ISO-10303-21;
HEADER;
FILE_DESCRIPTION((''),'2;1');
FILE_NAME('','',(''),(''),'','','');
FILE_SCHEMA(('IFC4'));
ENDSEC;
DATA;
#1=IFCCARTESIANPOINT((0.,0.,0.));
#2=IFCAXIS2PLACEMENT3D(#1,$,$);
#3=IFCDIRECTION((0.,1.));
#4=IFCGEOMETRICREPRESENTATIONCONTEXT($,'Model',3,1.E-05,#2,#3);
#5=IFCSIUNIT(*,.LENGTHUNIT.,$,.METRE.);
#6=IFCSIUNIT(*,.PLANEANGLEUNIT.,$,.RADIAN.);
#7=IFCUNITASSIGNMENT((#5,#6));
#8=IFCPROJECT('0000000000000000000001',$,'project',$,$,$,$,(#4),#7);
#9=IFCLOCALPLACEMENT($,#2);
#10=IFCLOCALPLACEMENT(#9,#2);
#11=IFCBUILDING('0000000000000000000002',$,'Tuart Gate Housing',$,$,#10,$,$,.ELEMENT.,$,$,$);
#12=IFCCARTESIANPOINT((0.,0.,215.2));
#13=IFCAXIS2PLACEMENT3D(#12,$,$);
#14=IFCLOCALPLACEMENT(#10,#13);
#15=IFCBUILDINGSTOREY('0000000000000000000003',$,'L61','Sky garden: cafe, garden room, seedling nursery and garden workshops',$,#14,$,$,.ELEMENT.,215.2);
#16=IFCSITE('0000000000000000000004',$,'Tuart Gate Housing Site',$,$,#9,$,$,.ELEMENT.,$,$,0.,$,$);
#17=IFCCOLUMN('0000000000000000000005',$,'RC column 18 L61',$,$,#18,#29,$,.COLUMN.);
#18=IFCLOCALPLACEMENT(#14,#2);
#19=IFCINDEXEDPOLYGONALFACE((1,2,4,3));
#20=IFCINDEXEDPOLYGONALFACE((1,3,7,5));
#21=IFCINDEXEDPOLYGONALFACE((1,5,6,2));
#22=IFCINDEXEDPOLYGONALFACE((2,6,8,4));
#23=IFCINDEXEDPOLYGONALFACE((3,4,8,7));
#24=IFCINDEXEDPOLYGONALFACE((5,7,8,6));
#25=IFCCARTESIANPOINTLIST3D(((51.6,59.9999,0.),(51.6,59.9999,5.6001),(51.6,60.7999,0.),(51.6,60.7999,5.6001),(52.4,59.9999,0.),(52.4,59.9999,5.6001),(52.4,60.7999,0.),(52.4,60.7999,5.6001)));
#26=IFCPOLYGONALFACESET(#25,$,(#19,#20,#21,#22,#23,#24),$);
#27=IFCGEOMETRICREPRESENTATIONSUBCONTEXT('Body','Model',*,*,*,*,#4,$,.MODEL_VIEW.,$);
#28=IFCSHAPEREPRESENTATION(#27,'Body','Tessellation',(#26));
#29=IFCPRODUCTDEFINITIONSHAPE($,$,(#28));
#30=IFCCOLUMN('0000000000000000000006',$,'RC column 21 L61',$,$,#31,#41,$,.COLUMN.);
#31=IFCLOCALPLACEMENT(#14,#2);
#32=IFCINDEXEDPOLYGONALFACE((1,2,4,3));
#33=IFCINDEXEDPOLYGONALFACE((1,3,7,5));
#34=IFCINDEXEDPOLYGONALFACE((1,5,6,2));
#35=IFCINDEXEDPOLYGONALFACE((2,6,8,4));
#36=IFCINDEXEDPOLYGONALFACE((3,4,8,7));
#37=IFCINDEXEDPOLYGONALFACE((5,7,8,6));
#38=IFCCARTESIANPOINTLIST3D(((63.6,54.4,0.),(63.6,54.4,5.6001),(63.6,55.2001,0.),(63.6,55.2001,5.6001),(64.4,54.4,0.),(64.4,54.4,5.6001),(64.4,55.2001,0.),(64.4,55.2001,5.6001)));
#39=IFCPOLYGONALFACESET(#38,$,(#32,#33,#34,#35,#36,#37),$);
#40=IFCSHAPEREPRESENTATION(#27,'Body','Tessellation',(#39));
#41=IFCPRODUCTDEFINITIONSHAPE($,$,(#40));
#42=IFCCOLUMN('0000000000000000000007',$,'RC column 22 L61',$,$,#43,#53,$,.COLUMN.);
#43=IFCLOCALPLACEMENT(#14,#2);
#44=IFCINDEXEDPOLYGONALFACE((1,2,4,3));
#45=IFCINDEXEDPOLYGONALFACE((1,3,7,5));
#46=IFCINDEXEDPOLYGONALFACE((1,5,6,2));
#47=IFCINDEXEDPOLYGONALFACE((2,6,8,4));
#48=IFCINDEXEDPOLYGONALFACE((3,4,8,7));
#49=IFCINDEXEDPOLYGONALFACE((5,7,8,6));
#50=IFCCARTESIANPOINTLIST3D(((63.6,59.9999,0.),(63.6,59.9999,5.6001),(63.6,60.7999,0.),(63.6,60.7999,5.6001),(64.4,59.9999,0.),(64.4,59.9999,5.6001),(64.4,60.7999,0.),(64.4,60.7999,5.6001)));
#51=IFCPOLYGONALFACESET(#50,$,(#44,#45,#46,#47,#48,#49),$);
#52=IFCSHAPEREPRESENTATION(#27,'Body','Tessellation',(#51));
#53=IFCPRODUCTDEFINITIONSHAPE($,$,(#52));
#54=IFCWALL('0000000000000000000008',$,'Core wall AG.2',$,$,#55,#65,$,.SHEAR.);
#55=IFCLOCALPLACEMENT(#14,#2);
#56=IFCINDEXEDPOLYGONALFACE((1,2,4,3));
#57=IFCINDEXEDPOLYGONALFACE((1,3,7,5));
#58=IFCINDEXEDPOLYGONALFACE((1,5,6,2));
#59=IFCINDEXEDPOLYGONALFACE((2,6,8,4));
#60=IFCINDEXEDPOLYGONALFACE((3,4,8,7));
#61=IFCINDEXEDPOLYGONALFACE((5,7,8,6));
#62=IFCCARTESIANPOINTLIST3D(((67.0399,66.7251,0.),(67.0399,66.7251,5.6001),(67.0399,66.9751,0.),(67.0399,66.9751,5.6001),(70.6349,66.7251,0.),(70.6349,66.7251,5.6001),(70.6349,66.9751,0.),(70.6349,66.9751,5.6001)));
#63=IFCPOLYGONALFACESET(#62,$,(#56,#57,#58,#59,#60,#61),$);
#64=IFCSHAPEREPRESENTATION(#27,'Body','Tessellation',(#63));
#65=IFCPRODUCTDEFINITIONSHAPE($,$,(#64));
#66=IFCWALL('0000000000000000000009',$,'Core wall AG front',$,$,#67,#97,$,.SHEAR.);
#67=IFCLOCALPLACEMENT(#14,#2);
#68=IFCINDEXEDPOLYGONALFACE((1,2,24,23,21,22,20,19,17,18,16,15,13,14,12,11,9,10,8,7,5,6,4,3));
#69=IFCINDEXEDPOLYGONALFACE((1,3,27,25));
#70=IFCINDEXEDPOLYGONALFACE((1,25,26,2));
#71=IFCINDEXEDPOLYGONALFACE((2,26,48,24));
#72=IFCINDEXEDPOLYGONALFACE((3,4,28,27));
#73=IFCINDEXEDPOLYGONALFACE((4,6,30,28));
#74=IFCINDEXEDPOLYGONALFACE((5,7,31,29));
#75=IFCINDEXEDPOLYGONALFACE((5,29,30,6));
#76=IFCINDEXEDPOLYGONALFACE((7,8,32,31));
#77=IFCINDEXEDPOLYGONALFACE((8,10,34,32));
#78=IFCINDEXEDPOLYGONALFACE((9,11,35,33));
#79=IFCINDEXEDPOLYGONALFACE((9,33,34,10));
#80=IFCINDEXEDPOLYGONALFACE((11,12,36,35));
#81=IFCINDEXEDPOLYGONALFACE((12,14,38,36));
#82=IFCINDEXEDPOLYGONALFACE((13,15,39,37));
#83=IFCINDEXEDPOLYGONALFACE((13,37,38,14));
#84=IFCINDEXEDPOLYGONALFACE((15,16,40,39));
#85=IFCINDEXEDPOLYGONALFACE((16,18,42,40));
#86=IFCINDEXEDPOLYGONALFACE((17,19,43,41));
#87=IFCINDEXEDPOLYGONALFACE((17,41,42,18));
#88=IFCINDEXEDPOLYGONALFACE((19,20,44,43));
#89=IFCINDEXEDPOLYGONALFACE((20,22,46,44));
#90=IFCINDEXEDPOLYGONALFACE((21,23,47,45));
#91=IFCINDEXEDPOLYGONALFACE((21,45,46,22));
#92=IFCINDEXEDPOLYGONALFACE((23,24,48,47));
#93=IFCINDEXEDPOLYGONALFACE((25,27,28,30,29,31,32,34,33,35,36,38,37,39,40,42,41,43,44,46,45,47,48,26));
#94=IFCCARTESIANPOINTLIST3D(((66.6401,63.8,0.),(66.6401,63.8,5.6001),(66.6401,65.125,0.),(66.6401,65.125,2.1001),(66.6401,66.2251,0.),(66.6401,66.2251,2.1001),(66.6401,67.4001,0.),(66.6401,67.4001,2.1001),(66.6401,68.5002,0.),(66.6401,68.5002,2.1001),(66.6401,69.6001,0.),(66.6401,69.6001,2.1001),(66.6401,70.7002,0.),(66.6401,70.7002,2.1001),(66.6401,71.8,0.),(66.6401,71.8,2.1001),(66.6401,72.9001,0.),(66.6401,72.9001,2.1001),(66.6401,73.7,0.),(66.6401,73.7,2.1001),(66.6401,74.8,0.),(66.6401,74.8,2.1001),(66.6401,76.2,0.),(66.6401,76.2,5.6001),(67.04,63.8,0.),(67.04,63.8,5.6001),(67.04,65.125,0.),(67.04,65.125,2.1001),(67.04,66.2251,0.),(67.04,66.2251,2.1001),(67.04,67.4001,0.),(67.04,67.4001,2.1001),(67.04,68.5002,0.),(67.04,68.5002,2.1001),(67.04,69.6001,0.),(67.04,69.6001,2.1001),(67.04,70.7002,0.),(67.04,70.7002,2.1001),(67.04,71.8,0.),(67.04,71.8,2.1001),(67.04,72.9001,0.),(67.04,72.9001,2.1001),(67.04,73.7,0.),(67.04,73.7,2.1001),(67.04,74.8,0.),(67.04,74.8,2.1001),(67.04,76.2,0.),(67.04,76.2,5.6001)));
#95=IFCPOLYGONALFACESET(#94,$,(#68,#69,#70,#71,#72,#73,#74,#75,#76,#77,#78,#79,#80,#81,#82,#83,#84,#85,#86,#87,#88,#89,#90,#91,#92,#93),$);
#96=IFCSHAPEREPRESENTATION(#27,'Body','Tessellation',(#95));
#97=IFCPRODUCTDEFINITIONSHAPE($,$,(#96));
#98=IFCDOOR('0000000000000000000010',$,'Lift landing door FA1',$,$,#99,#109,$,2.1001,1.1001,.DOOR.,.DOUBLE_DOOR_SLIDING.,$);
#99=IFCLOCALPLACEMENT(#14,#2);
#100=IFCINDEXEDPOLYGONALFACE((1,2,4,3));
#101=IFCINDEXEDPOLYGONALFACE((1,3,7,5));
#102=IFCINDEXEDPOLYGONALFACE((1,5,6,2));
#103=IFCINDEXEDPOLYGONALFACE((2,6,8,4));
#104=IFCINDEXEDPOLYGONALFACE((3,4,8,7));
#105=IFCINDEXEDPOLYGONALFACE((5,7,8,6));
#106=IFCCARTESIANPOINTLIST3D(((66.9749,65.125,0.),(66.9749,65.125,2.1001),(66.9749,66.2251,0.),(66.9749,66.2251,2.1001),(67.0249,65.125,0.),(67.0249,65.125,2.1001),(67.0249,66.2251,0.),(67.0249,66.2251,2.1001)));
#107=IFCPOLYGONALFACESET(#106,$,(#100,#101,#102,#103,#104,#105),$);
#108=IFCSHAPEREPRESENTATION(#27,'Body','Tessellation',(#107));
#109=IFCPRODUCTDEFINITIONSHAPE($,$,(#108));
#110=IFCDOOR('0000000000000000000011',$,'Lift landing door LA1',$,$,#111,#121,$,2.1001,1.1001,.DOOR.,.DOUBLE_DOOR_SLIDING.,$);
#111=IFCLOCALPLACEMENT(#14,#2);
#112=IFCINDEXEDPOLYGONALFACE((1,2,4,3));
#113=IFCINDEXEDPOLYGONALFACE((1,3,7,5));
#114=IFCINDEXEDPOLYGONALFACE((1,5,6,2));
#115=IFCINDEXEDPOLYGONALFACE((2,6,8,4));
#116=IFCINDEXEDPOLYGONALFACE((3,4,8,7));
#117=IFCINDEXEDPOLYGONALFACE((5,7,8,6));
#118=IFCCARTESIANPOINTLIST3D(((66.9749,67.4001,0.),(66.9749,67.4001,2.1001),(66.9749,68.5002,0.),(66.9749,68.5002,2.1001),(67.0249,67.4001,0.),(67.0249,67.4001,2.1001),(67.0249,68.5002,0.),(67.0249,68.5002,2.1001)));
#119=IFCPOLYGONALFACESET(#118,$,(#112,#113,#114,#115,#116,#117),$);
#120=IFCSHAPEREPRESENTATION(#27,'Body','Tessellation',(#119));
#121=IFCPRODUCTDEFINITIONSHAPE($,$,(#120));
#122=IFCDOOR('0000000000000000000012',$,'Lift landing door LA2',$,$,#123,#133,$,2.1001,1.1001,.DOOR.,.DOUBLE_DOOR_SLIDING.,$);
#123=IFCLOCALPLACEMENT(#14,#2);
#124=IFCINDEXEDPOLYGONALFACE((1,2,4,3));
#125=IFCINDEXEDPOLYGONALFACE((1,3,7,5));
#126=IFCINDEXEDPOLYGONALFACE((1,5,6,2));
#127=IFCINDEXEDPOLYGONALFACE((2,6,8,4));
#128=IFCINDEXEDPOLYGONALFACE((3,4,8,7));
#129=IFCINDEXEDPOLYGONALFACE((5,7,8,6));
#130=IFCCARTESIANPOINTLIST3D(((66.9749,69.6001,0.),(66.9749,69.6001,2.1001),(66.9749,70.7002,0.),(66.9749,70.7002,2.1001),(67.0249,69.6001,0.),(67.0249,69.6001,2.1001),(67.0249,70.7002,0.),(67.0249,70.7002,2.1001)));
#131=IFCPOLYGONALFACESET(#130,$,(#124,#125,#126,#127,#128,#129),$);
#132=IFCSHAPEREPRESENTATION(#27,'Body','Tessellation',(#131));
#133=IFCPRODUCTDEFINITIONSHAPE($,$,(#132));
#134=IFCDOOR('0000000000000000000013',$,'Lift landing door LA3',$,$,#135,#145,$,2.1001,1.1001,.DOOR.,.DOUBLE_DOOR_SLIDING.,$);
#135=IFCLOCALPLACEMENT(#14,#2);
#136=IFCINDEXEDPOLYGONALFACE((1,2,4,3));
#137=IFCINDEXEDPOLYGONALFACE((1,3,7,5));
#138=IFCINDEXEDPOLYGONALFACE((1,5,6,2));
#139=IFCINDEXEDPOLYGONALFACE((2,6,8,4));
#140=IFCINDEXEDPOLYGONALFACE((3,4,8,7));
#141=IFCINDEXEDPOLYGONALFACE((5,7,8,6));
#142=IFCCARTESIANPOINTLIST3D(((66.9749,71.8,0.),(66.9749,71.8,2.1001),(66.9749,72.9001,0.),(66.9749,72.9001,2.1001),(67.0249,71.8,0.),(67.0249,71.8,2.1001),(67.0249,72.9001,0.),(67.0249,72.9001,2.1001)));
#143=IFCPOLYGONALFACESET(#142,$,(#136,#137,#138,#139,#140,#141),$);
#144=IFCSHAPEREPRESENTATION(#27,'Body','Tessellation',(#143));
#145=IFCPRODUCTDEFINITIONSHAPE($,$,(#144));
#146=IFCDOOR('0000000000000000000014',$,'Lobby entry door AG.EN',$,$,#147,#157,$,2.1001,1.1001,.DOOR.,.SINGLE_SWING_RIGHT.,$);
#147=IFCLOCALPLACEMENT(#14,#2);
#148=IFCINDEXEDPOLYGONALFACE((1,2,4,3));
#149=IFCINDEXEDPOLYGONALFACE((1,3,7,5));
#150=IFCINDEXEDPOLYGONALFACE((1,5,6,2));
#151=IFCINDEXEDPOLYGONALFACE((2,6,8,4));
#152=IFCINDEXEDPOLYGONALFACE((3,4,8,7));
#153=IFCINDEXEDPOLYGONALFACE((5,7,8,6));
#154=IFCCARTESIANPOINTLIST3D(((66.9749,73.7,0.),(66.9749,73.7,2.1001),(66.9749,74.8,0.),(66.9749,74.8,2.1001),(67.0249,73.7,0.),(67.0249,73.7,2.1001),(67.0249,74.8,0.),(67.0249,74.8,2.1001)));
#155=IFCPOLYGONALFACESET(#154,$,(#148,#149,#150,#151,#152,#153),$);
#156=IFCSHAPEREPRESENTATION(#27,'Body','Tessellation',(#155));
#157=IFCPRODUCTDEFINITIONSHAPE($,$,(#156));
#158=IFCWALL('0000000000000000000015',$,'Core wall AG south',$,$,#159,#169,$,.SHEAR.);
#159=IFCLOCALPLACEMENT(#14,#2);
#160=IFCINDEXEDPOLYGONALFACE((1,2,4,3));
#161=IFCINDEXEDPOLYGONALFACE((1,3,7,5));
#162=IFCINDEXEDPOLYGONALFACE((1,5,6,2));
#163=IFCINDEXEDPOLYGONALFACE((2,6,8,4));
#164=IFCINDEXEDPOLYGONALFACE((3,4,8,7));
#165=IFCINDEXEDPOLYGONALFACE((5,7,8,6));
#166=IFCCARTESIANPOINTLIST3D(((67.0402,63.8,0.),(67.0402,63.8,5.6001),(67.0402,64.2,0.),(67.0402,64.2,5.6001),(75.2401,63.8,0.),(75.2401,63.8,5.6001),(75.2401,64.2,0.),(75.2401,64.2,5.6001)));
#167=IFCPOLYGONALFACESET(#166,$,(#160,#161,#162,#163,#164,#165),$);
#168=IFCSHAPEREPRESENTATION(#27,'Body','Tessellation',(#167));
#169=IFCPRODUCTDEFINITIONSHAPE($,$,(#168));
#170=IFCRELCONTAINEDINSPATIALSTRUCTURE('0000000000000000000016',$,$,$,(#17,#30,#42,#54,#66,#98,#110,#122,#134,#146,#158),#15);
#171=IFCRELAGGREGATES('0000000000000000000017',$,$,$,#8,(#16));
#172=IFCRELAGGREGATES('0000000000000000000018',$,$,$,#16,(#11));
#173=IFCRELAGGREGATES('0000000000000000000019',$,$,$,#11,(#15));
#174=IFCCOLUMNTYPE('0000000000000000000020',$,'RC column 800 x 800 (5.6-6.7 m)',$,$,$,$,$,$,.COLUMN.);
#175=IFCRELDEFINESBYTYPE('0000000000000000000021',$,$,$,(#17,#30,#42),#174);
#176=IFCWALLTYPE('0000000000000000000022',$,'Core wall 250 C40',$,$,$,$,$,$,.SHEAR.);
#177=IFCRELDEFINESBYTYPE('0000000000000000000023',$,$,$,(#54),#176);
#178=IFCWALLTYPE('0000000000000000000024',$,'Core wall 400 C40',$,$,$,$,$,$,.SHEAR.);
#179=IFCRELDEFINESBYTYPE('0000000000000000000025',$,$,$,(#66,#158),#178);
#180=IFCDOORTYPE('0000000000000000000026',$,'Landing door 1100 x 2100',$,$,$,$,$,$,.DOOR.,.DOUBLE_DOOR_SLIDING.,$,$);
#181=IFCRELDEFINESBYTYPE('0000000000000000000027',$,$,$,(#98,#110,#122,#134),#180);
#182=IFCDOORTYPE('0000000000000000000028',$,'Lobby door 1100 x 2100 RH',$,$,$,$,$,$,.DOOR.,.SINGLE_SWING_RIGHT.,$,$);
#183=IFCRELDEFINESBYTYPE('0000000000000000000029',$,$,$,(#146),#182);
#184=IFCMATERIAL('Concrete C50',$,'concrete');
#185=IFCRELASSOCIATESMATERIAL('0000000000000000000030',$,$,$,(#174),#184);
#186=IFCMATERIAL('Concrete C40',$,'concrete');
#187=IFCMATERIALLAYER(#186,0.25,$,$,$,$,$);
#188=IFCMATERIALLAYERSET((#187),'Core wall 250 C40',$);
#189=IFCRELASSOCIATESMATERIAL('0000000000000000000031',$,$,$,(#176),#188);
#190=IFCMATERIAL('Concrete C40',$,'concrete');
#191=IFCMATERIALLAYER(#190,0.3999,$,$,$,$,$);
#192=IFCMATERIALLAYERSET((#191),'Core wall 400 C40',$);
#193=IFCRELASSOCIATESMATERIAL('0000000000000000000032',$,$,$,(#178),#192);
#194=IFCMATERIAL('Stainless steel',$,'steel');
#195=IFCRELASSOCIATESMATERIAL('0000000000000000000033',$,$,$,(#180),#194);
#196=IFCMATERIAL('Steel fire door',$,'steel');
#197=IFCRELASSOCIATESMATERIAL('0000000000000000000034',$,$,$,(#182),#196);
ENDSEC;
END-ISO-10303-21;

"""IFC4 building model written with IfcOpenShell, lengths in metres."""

from ifc_helpers import new_model, si_unit, direction, frame, frame_2d, origin, origin_2d, place, context, subcontext, project, spatial, rectangle, extrude, material, layer, layer_set, material_profile, profile_set, type_object, element, fill, save


model = new_model("IFC4")

# Units and contexts
model_context = context("Model", 3, precision=1e-05, world=origin(), true_north=direction((0.0, 1.0)))
body_context = subcontext(model_context, "Body", "Model", "MODEL_VIEW")
ifc_project = project(units=[si_unit("LENGTHUNIT", "METRE"), si_unit("PLANEANGLEUNIT", "RADIAN")], contexts=[model_context])

# Site, building, storey
site_placement = place(None, origin())
site = spatial("IfcSite", under=ifc_project, at=site_placement, Name="Tuart Gate Housing Site", CompositionType="ELEMENT", RefElevation=0.0)
building_placement = place(site_placement, origin())
building = spatial("IfcBuilding", under=site, at=building_placement, Name="Tuart Gate Housing", CompositionType="ELEMENT")
storey_placement = place(building_placement, frame((0.0, 0.0, 215.2)))
storey = spatial("IfcBuildingStorey", under=building, at=storey_placement, Name="L61", Description="Sky garden: cafe, garden room, seedling nursery and garden workshops", CompositionType="ELEMENT", Elevation=215.2)

# Columns
ifc_material_1 = material(Name="Concrete C50", Category="concrete")
ifc_material_profile = material_profile(ifc_material_1, rectangle(XDim=0.8, YDim=0.8, at=origin_2d()), Name="RC column 800 x 800 (5.6-6.7 m)")
ifc_profile_set = profile_set([ifc_material_profile], Name="Concrete C50")
column_type = type_object("IfcColumnType", Name="RC column 800 x 800 (5.6-6.7 m)", PredefinedType="COLUMN", material=ifc_profile_set)
for number, where, z_axis, x_axis, name in (
    (1, (52.0, 60.3999, 0.0), (0.0, 0.0, 1.0), (1.0, 0.0, 0.0), "RC column 18 L61"),
    (2, (64.0, 54.8, 0.0), (0.0, 0.0, 1.0), (1.0, 0.0, 0.0), "RC column 21 L61"),
    (3, (64.0, 60.3999, 0.0), (0.0, 0.0, 1.0), (1.0, 0.0, 0.0), "RC column 22 L61"),
):
    element("IfcColumn", number, at=place(storey_placement, frame(where, z_axis=z_axis, x_axis=x_axis)), inside=storey, type_object=column_type, Name=name, PredefinedType="COLUMN", context=body_context, shape_type="SweptSolid", body=[
        extrude(rectangle(XDim=0.8, YDim=0.8, at=origin_2d()), origin(), (0.0, 0.0, 1.0), 5.6001),
    ])

# Wall
ifc_material_2 = material(Name="Concrete C40", Category="concrete")
ifc_layer_1 = layer(ifc_material_2, 0.25)
ifc_layer_set_1 = layer_set([ifc_layer_1], Name="Core wall 250 C40")
wall_type_1 = type_object("IfcWallType", Name="Core wall 250 C40", PredefinedType="SHEAR", material=ifc_layer_set_1)
wall_1_placement = place(storey_placement, frame((67.04, 66.8501, 0.0), z_axis=(0.0, 0.0, 1.0), x_axis=(1.0, 0.0, 0.0)))
element("IfcWall", 4, at=wall_1_placement, inside=storey, type_object=wall_type_1, Name="Core wall AG.2", PredefinedType="SHEAR", context=body_context, shape_type="SweptSolid", body=[
    extrude(rectangle(XDim=3.595, YDim=0.25, at=frame_2d((1.7974, 0.0))), origin(), (0.0, 0.0, 1.0), 5.6001),
])

# Wall, openings, doors
ifc_material_3 = material(Name="Concrete C40", Category="concrete")
ifc_layer_2 = layer(ifc_material_3, 0.3999)
ifc_layer_set_2 = layer_set([ifc_layer_2], Name="Core wall 400 C40")
wall_type_2 = type_object("IfcWallType", Name="Core wall 400 C40", PredefinedType="SHEAR", material=ifc_layer_set_2)
wall_2_placement = place(storey_placement, frame((66.8401, 63.8, 0.0), z_axis=(0.0, 0.0, 1.0), x_axis=(0.0, 1.0, 0.0)))
wall_2 = element("IfcWall", 5, at=wall_2_placement, inside=storey, type_object=wall_type_2, Name="Core wall AG front", PredefinedType="SHEAR", context=body_context, shape_type="SweptSolid", body=[
    extrude(rectangle(XDim=12.3999, YDim=0.3999, at=frame_2d((6.2, 0.0))), origin(), (0.0, 0.0, 1.0), 5.6001),
])
opening_1_placement = place(wall_2_placement, frame((1.325, 0.0, 0.0)))
opening_1 = element("IfcOpeningElement", 6, at=opening_1_placement, cuts=wall_2, PredefinedType="OPENING", context=body_context, shape_type="SweptSolid", body=[
    extrude(rectangle(XDim=1.1001, YDim=2.1001, at=frame_2d((0.55, 1.05))), frame((0.0, 0.21, 0.0), z_axis=(0.0, -1.0, 0.0), x_axis=(1.0, 0.0, 0.0)), (0.0, 0.0, 1.0), 0.4199),
])
opening_2_placement = place(wall_2_placement, frame((3.6001, 0.0, 0.0)))
opening_2 = element("IfcOpeningElement", 7, at=opening_2_placement, cuts=wall_2, PredefinedType="OPENING", context=body_context, shape_type="SweptSolid", body=[
    extrude(rectangle(XDim=1.1001, YDim=2.1001, at=frame_2d((0.55, 1.05))), frame((0.0, 0.21, 0.0), z_axis=(0.0, -1.0, 0.0), x_axis=(1.0, 0.0, 0.0)), (0.0, 0.0, 1.0), 0.4199),
])
opening_3_placement = place(wall_2_placement, frame((5.8, 0.0, 0.0)))
opening_3 = element("IfcOpeningElement", 8, at=opening_3_placement, cuts=wall_2, PredefinedType="OPENING", context=body_context, shape_type="SweptSolid", body=[
    extrude(rectangle(XDim=1.1001, YDim=2.1001, at=frame_2d((0.55, 1.05))), frame((0.0, 0.21, 0.0), z_axis=(0.0, -1.0, 0.0), x_axis=(1.0, 0.0, 0.0)), (0.0, 0.0, 1.0), 0.4199),
])
opening_4_placement = place(wall_2_placement, frame((8.0, 0.0, 0.0)))
opening_4 = element("IfcOpeningElement", 9, at=opening_4_placement, cuts=wall_2, PredefinedType="OPENING", context=body_context, shape_type="SweptSolid", body=[
    extrude(rectangle(XDim=1.1001, YDim=2.1001, at=frame_2d((0.55, 1.05))), frame((0.0, 0.21, 0.0), z_axis=(0.0, -1.0, 0.0), x_axis=(1.0, 0.0, 0.0)), (0.0, 0.0, 1.0), 0.4199),
])
opening_5_placement = place(wall_2_placement, frame((9.8999, 0.0, 0.0)))
opening_5 = element("IfcOpeningElement", 10, at=opening_5_placement, cuts=wall_2, PredefinedType="OPENING", context=body_context, shape_type="SweptSolid", body=[
    extrude(rectangle(XDim=1.1001, YDim=2.1001, at=frame_2d((0.55, 1.05))), frame((0.0, 0.21, 0.0), z_axis=(0.0, -1.0, 0.0), x_axis=(1.0, 0.0, 0.0)), (0.0, 0.0, 1.0), 0.4199),
])
ifc_material_4 = material(Name="Stainless steel", Category="steel")
door_type_1 = type_object("IfcDoorType", Name="Landing door 1100 x 2100", OperationType="DOUBLE_DOOR_SLIDING", PredefinedType="DOOR", material=ifc_material_4)
door_1_placement = place(opening_1_placement, origin())
door_1 = element("IfcDoor", 11, at=door_1_placement, inside=storey, type_object=door_type_1, Name="Lift landing door FA1", OperationType="DOUBLE_DOOR_SLIDING", OverallHeight=2.1001, OverallWidth=1.1001, PredefinedType="DOOR", context=body_context, shape_type="SweptSolid", body=[
    extrude(rectangle(XDim=1.1001, YDim=2.1001, at=frame_2d((0.55, 1.05))), frame((0.0, -0.1348, 0.0), z_axis=(0.0, -1.0, 0.0), x_axis=(1.0, 0.0, 0.0)), (0.0, 0.0, 1.0), 0.05),
])
fill(opening_1, door_1)
door_2_placement = place(opening_2_placement, origin())
door_2 = element("IfcDoor", 12, at=door_2_placement, inside=storey, type_object=door_type_1, Name="Lift landing door LA1", OperationType="DOUBLE_DOOR_SLIDING", OverallHeight=2.1001, OverallWidth=1.1001, PredefinedType="DOOR", context=body_context, shape_type="SweptSolid", body=[
    extrude(rectangle(XDim=1.1001, YDim=2.1001, at=frame_2d((0.55, 1.05))), frame((0.0, -0.1348, 0.0), z_axis=(0.0, -1.0, 0.0), x_axis=(1.0, 0.0, 0.0)), (0.0, 0.0, 1.0), 0.05),
])
fill(opening_2, door_2)
door_3_placement = place(opening_3_placement, origin())
door_3 = element("IfcDoor", 13, at=door_3_placement, inside=storey, type_object=door_type_1, Name="Lift landing door LA2", OperationType="DOUBLE_DOOR_SLIDING", OverallHeight=2.1001, OverallWidth=1.1001, PredefinedType="DOOR", context=body_context, shape_type="SweptSolid", body=[
    extrude(rectangle(XDim=1.1001, YDim=2.1001, at=frame_2d((0.55, 1.05))), frame((0.0, -0.1348, 0.0), z_axis=(0.0, -1.0, 0.0), x_axis=(1.0, 0.0, 0.0)), (0.0, 0.0, 1.0), 0.05),
])
fill(opening_3, door_3)
door_4_placement = place(opening_4_placement, origin())
door_4 = element("IfcDoor", 14, at=door_4_placement, inside=storey, type_object=door_type_1, Name="Lift landing door LA3", OperationType="DOUBLE_DOOR_SLIDING", OverallHeight=2.1001, OverallWidth=1.1001, PredefinedType="DOOR", context=body_context, shape_type="SweptSolid", body=[
    extrude(rectangle(XDim=1.1001, YDim=2.1001, at=frame_2d((0.55, 1.05))), frame((0.0, -0.1348, 0.0), z_axis=(0.0, -1.0, 0.0), x_axis=(1.0, 0.0, 0.0)), (0.0, 0.0, 1.0), 0.05),
])
fill(opening_4, door_4)
ifc_material_5 = material(Name="Steel fire door", Category="steel")
door_type_2 = type_object("IfcDoorType", Name="Lobby door 1100 x 2100 RH", OperationType="SINGLE_SWING_RIGHT", PredefinedType="DOOR", material=ifc_material_5)
door_5_placement = place(opening_5_placement, frame((1.1001, 0.0, 0.0), z_axis=(0.0, 0.0, 1.0), x_axis=(-1.0, 0.0, 0.0)))
door_5 = element("IfcDoor", 15, at=door_5_placement, inside=storey, type_object=door_type_2, Name="Lobby entry door AG.EN", OperationType="SINGLE_SWING_RIGHT", OverallHeight=2.1001, OverallWidth=1.1001, PredefinedType="DOOR", context=body_context, shape_type="SweptSolid", body=[
    extrude(rectangle(XDim=1.1001, YDim=2.1001, at=frame_2d((0.55, 1.05))), frame((0.0, 0.1848, 0.0), z_axis=(0.0, -1.0, 0.0), x_axis=(1.0, 0.0, 0.0)), (0.0, 0.0, 1.0), 0.05),
])
fill(opening_5, door_5)

# Wall
wall_3_placement = place(storey_placement, frame((67.04, 64.0, 0.0), z_axis=(0.0, 0.0, 1.0), x_axis=(1.0, 0.0, 0.0)))
element("IfcWall", 16, at=wall_3_placement, inside=storey, type_object=wall_type_2, Name="Core wall AG south", PredefinedType="SHEAR", context=body_context, shape_type="SweptSolid", body=[
    extrude(rectangle(XDim=8.2, YDim=0.3999, at=frame_2d((4.1001, 0.0))), origin(), (0.0, 0.0, 1.0), 5.6001),
])

save(model, "model.ifc")
